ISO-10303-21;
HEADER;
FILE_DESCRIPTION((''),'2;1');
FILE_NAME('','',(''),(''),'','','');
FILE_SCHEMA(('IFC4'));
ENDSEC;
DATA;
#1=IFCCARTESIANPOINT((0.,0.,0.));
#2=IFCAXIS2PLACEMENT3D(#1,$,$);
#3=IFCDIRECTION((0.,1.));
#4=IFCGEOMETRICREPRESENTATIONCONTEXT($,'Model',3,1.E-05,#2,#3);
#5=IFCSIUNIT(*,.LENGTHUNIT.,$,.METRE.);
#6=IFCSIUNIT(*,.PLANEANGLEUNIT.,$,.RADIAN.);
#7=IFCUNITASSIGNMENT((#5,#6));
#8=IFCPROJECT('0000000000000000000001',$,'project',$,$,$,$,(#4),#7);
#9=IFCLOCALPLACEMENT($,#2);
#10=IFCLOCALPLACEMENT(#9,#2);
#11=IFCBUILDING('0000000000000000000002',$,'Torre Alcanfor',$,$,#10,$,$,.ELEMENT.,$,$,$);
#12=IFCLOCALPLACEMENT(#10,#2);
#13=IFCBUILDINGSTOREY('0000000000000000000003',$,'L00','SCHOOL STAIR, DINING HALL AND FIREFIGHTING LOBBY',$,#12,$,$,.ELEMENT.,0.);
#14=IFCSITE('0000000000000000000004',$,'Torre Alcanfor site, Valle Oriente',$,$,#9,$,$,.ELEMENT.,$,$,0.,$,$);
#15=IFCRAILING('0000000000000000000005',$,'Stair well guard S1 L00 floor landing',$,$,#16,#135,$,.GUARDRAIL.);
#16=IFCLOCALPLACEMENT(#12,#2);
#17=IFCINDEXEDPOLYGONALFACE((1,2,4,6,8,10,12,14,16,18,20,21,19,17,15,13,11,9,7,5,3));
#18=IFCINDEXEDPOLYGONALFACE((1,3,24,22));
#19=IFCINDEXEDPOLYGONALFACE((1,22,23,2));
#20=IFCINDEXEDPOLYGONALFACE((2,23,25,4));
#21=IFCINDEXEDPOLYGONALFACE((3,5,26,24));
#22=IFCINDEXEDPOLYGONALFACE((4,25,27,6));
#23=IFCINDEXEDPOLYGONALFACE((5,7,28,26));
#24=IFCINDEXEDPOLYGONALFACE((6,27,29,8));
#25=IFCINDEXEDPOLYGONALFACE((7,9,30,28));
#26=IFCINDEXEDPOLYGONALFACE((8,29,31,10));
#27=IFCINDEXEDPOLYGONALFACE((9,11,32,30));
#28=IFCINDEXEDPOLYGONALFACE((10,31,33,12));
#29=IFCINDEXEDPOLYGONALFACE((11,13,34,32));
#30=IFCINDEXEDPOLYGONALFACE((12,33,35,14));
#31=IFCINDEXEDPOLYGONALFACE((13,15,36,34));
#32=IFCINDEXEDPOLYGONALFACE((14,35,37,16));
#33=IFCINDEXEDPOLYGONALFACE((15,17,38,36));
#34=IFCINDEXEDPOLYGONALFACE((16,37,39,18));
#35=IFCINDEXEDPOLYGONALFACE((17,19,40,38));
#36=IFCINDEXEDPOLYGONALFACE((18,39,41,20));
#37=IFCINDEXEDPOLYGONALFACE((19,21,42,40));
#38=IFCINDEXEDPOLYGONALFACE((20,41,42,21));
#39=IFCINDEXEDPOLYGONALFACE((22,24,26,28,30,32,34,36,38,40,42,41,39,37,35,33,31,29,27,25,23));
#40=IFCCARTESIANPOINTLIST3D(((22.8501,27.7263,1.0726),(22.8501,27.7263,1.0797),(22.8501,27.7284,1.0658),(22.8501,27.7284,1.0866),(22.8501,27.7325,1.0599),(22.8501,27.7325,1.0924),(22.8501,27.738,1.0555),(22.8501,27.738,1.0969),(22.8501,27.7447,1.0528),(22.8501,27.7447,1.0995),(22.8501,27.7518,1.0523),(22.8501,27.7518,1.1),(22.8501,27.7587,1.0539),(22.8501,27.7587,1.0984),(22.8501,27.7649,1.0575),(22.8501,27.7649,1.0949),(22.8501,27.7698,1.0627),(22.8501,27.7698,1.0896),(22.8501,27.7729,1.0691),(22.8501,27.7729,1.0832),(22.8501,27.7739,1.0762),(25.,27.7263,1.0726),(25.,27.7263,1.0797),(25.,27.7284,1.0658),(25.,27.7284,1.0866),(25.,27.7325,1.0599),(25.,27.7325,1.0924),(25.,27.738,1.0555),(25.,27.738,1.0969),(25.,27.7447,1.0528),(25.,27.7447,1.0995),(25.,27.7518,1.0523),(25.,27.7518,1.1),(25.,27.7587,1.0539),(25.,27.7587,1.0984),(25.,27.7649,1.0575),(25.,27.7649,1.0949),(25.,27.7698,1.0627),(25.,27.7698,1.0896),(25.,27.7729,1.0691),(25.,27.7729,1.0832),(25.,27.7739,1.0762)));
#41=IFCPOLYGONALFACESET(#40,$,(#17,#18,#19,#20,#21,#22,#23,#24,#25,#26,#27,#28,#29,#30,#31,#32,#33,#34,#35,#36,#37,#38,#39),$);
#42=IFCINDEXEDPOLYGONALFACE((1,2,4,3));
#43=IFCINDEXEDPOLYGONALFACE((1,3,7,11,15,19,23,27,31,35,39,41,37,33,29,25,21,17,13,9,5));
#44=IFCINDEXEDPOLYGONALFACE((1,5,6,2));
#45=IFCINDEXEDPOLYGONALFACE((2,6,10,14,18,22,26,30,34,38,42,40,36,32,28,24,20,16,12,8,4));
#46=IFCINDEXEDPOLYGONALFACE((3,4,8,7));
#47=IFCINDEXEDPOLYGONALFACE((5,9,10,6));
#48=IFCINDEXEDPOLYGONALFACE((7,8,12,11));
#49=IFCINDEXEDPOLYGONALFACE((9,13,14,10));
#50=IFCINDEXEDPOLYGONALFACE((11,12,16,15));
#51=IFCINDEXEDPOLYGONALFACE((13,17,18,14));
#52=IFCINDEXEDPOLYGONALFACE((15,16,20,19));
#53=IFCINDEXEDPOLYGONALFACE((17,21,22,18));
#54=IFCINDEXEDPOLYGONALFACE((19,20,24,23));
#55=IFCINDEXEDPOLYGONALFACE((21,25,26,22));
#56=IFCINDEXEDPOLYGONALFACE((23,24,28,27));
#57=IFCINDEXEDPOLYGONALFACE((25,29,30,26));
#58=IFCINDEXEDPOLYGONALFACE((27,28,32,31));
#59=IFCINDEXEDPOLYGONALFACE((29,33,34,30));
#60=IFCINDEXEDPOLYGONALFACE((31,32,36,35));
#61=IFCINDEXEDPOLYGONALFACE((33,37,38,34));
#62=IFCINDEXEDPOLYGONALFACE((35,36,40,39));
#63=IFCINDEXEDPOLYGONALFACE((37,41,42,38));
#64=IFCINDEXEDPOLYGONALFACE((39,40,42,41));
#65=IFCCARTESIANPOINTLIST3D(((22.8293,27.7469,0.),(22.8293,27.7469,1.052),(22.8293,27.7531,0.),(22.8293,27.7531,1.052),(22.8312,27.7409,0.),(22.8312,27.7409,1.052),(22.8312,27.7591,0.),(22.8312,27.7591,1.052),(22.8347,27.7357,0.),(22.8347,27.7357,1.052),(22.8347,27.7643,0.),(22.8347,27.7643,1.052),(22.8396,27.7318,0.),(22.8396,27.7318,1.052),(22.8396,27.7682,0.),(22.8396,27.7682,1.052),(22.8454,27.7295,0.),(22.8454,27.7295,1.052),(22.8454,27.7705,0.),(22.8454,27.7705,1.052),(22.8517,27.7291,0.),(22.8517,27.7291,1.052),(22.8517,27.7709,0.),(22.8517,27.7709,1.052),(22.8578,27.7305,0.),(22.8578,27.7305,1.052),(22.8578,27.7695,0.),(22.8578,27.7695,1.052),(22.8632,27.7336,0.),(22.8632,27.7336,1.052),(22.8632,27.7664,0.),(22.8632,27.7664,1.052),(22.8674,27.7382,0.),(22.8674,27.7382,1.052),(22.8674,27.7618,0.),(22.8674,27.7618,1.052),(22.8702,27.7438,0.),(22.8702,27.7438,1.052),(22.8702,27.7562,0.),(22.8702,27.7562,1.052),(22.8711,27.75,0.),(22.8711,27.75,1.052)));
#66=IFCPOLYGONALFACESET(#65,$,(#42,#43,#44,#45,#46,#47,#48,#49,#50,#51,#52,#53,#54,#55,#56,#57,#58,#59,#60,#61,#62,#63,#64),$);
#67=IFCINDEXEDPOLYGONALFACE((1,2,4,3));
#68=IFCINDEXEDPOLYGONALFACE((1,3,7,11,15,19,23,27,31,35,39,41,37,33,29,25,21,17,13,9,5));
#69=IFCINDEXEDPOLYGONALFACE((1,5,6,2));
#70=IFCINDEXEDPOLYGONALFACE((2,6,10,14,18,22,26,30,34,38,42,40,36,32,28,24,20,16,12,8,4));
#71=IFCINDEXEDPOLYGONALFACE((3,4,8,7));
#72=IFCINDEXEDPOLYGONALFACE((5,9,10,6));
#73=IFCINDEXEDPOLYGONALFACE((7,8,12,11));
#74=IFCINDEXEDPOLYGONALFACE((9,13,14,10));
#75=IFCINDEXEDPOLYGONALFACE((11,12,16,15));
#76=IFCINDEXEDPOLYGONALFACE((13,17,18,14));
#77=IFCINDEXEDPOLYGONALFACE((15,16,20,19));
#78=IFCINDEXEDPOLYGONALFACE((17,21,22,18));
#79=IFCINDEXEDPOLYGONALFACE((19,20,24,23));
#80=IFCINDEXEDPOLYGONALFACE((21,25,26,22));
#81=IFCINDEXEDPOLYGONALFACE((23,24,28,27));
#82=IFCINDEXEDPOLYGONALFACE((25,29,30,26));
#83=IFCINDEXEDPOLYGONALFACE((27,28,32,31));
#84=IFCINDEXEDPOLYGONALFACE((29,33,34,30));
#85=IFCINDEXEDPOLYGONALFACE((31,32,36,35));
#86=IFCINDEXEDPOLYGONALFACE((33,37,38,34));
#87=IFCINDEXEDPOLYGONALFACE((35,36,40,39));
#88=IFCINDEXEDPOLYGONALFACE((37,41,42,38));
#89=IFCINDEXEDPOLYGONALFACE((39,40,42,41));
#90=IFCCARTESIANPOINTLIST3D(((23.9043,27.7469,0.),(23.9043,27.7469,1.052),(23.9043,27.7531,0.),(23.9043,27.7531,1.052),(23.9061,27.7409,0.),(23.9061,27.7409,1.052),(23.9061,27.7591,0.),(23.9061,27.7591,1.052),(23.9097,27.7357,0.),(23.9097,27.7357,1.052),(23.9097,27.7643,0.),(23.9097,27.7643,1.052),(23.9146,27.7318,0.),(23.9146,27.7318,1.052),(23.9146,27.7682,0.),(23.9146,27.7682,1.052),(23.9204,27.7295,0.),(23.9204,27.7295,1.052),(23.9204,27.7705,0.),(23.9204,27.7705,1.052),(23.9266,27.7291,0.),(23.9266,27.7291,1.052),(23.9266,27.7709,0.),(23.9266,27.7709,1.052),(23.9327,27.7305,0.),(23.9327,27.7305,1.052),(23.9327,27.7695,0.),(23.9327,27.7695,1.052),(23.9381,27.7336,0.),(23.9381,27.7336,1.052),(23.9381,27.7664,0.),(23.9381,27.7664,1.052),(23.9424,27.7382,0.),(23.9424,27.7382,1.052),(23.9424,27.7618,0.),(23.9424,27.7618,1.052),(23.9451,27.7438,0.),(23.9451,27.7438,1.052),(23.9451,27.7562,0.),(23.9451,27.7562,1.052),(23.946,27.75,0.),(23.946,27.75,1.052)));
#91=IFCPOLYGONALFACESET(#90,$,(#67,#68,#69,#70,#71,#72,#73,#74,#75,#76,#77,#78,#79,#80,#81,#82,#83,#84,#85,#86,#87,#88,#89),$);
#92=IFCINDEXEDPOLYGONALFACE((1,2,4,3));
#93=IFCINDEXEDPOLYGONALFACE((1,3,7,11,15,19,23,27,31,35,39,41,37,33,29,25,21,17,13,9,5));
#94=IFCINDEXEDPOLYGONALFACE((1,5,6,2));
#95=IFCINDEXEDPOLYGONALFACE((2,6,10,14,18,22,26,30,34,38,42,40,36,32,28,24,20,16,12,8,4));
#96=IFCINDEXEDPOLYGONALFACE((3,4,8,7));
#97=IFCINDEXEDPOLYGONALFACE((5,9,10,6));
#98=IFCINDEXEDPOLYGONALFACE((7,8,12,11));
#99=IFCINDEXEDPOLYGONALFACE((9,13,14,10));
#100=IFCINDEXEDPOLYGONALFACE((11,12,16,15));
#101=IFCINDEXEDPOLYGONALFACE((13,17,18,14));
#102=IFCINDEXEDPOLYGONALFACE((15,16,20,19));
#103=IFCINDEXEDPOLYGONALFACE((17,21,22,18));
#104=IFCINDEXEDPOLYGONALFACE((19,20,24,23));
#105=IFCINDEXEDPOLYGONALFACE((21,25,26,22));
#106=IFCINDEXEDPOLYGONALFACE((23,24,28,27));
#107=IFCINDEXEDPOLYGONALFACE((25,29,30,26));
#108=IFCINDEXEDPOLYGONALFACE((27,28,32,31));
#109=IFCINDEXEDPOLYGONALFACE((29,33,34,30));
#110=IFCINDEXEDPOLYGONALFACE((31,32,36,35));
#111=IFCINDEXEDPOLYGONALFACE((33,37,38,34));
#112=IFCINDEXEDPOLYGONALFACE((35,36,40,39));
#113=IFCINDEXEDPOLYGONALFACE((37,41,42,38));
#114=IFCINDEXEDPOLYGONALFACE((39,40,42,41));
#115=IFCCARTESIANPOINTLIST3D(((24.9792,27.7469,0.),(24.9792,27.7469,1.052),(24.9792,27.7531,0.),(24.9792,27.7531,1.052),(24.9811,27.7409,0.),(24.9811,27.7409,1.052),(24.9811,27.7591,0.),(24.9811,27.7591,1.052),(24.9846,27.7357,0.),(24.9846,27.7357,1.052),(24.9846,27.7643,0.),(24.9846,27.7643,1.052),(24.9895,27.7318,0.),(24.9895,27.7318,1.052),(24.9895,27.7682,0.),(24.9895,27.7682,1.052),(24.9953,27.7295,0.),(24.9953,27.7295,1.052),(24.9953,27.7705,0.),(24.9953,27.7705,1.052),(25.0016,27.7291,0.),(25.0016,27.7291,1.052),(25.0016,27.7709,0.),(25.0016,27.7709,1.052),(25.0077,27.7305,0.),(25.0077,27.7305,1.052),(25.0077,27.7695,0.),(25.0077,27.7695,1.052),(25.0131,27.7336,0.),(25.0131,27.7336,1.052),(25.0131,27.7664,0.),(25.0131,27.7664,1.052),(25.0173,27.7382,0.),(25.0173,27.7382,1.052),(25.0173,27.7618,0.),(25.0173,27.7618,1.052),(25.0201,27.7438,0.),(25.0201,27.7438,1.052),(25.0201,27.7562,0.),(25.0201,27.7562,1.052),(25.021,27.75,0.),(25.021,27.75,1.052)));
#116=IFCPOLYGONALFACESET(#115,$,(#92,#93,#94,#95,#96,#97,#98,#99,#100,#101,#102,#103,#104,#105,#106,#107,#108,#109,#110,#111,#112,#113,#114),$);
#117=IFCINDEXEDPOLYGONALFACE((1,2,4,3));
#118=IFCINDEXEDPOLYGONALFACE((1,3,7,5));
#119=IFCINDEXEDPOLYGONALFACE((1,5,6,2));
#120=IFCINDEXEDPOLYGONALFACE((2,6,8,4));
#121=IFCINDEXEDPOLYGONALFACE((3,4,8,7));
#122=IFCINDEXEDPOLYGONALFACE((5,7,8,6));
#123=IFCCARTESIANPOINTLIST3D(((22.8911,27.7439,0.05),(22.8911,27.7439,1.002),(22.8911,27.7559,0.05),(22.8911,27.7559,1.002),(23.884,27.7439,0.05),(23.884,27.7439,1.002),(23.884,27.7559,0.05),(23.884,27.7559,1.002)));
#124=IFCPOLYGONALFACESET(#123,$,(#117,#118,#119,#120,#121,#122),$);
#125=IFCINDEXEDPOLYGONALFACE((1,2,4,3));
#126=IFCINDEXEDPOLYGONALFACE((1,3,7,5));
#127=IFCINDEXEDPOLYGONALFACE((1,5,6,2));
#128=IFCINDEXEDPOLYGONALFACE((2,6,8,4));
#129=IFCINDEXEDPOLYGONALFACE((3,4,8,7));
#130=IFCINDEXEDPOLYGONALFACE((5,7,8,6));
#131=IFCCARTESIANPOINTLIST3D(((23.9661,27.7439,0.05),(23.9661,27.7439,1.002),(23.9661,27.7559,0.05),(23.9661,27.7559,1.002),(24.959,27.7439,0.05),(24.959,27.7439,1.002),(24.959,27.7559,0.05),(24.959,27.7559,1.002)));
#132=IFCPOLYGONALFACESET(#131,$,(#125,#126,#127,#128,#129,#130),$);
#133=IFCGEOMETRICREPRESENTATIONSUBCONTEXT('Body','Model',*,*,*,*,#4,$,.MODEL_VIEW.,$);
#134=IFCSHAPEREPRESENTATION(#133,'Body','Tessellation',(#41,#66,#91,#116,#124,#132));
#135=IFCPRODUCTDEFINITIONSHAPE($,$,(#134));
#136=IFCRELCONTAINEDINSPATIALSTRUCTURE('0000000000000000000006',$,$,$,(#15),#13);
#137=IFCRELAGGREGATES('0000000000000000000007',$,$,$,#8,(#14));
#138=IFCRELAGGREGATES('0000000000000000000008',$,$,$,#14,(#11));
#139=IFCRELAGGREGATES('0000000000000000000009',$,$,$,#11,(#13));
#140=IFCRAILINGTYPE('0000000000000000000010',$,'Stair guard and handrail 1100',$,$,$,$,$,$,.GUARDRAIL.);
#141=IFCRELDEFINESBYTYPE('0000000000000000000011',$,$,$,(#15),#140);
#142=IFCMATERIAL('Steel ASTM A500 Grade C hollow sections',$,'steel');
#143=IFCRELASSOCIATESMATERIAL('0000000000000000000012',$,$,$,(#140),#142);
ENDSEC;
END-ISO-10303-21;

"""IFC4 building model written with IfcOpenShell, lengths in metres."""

from ifc_helpers import new_model, si_unit, direction, frame, origin, origin_2d, place, context, subcontext, project, spatial, polyline, circle, outline, extrude, material, type_object, element, save


model = new_model("IFC4")

# Units and contexts
model_context = context("Model", 3, precision=1e-05, world=origin(), true_north=direction((0.0, 1.0)))
body_context = subcontext(model_context, "Body", "Model", "MODEL_VIEW")
ifc_project = project(units=[si_unit("LENGTHUNIT", "METRE"), si_unit("PLANEANGLEUNIT", "RADIAN")], contexts=[model_context])

# Site, building, storey
site_placement = place(None, origin())
site = spatial("IfcSite", under=ifc_project, at=site_placement, Name="Torre Alcanfor site, Valle Oriente", CompositionType="ELEMENT", RefElevation=0.0)
building_placement = place(site_placement, origin())
building = spatial("IfcBuilding", under=site, at=building_placement, Name="Torre Alcanfor", CompositionType="ELEMENT")
storey_placement = place(building_placement, origin())
storey = spatial("IfcBuildingStorey", under=building, at=storey_placement, Name="L00", Description="SCHOOL STAIR, DINING HALL AND FIREFIGHTING LOBBY", CompositionType="ELEMENT", Elevation=0.0)

# Railing
ifc_material_1 = material(Name="Steel ASTM A500 Grade C hollow sections", Category="steel")
railing_type_1 = type_object("IfcRailingType", Name="Stair guard and handrail 1100", PredefinedType="GUARDRAIL", material=ifc_material_1)
railing_1_placement = place(storey_placement, frame((22.8501, 27.75, 0.0)))
element("IfcRailing", 1, at=railing_1_placement, inside=storey, type_object=railing_type_1, Name="Stair well guard S1 L00 floor landing", PredefinedType="GUARDRAIL", context=body_context, shape_type="SweptSolid", body=[
    extrude(circle(Radius=0.0239, at=origin_2d()), frame((0.0, 0.0, 1.0762), z_axis=(1.0, 0.0, 0.0), x_axis=(0.0, 1.0, 0.0)), (0.0, 0.0, 1.0), 2.1499),
    extrude(circle(Radius=0.021, at=origin_2d()), origin(), (0.0, 0.0, 1.0), 1.052),
    extrude(circle(Radius=0.021, at=origin_2d()), frame((1.075, 0.0, 0.0)), (0.0, 0.0, 1.0), 1.052),
    extrude(circle(Radius=0.021, at=origin_2d()), frame((2.1499, 0.0, 0.0)), (0.0, 0.0, 1.0), 1.052),
    extrude(outline(polyline([(0.041, 0.05), (1.0339, 0.05), (1.0339, 1.002), (0.041, 1.002), (0.041, 0.05)])), frame((0.0, 0.0059, 0.0), z_axis=(0.0, -1.0, 0.0), x_axis=(1.0, 0.0, 0.0)), (0.0, 0.0, 1.0), 0.012),
    extrude(outline(polyline([(1.116, 0.05), (2.1089, 0.05), (2.1089, 1.002), (1.116, 1.002), (1.116, 0.05)])), frame((0.0, 0.0059, 0.0), z_axis=(0.0, -1.0, 0.0), x_axis=(1.0, 0.0, 0.0)), (0.0, 0.0, 1.0), 0.012),
])

save(model, "model.ifc")
